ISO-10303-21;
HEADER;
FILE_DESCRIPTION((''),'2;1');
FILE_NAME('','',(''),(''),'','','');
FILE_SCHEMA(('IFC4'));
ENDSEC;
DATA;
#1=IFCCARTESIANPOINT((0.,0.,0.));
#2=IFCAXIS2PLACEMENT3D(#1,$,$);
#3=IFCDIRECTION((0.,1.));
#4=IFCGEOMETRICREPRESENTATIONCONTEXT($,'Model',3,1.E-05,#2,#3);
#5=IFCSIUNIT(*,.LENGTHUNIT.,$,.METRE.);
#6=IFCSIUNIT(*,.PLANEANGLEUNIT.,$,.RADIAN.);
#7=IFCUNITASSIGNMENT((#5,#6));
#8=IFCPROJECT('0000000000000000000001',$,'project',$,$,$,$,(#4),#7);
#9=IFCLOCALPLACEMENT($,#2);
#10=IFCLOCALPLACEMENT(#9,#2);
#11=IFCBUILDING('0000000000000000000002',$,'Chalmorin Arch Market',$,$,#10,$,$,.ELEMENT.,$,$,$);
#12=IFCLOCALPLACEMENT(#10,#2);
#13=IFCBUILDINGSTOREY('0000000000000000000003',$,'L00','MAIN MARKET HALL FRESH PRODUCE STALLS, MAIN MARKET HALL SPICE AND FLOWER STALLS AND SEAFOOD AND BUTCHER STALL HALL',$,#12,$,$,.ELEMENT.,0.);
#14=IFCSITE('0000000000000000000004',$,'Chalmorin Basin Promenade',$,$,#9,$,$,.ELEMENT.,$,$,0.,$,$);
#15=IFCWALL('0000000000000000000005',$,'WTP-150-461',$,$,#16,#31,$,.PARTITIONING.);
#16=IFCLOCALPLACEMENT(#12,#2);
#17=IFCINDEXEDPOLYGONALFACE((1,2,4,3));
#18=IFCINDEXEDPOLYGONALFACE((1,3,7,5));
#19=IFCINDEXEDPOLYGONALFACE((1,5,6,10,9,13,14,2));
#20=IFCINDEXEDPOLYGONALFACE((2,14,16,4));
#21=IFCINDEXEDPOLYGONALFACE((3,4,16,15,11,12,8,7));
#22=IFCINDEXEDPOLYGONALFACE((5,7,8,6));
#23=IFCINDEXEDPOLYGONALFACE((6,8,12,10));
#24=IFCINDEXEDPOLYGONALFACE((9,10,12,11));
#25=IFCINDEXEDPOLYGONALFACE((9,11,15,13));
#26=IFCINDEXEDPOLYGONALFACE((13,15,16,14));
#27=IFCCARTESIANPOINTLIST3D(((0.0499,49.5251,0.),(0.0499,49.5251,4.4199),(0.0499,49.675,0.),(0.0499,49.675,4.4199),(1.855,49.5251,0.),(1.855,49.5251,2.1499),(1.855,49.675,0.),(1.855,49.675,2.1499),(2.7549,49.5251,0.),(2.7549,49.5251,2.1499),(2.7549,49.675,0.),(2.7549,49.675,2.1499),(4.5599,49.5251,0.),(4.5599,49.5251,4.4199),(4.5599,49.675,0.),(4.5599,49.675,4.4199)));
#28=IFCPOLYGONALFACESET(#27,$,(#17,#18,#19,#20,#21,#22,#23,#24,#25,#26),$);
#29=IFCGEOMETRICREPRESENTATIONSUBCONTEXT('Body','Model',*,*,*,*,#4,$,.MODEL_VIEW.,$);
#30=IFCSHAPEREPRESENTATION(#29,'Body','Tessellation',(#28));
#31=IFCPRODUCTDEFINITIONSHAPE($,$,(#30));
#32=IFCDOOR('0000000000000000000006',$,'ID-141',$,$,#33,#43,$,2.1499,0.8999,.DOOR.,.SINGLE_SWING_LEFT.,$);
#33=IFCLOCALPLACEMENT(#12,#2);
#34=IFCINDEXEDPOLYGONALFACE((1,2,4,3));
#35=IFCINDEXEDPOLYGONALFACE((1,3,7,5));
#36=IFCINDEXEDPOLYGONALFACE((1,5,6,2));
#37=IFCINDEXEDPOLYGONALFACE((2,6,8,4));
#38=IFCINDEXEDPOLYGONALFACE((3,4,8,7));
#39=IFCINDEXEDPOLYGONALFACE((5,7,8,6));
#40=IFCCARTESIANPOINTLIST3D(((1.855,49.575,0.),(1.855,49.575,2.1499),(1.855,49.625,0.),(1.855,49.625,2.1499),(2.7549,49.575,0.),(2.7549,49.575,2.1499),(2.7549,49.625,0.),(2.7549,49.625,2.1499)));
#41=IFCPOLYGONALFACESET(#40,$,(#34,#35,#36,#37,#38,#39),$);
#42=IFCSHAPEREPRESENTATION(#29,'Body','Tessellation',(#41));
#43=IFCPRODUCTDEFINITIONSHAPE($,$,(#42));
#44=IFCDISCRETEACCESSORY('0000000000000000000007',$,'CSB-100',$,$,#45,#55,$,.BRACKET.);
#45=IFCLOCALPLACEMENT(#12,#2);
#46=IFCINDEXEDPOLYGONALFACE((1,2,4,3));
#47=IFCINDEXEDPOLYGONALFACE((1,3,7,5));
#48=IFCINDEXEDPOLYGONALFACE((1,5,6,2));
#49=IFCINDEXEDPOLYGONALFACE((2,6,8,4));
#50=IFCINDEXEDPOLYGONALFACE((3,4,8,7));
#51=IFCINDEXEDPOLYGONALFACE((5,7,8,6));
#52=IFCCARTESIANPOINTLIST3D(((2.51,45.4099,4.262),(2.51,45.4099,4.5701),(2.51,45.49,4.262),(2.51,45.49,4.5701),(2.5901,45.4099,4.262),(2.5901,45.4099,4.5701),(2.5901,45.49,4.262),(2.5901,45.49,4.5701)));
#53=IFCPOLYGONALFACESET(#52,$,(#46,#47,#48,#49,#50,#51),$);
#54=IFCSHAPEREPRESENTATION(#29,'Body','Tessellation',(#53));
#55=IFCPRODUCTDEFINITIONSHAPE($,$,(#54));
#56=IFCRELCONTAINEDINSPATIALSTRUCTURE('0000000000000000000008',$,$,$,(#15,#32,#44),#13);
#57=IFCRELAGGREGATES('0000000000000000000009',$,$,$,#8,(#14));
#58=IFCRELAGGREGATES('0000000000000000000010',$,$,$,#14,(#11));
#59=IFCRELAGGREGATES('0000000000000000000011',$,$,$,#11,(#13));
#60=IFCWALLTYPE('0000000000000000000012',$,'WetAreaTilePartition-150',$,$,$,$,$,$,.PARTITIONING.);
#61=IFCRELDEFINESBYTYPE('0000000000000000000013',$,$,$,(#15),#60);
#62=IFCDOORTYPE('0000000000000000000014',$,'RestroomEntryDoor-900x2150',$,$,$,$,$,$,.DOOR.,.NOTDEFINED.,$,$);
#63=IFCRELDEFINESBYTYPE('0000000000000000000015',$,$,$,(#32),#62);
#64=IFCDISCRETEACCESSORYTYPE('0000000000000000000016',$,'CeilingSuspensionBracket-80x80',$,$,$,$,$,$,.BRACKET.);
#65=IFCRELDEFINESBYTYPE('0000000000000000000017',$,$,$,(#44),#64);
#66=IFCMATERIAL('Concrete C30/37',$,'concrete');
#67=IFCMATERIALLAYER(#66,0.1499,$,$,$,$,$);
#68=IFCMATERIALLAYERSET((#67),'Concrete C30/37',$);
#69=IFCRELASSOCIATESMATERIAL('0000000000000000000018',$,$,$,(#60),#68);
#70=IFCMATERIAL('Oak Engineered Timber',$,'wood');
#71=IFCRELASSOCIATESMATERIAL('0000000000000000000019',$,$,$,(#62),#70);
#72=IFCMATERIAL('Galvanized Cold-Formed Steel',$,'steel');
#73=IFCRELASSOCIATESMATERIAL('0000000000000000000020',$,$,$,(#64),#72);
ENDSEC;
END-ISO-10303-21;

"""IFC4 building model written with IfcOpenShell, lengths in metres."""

from ifc_helpers import new_model, si_unit, direction, frame, frame_2d, origin, origin_2d, place, context, subcontext, project, spatial, rectangle, extrude, material, layer, layer_set, type_object, element, fill, save


model = new_model("IFC4")

# Units and contexts
model_context = context("Model", 3, precision=1e-05, world=origin(), true_north=direction((0.0, 1.0)))
body_context = subcontext(model_context, "Body", "Model", "MODEL_VIEW")
ifc_project = project(units=[si_unit("LENGTHUNIT", "METRE"), si_unit("PLANEANGLEUNIT", "RADIAN")], contexts=[model_context])

# Site, building, storey
site_placement = place(None, origin())
site = spatial("IfcSite", under=ifc_project, at=site_placement, Name="Chalmorin Basin Promenade", CompositionType="ELEMENT", RefElevation=0.0)
building_placement = place(site_placement, origin())
building = spatial("IfcBuilding", under=site, at=building_placement, Name="Chalmorin Arch Market", CompositionType="ELEMENT")
storey_placement = place(building_placement, origin())
storey = spatial("IfcBuildingStorey", under=building, at=storey_placement, Name="L00", Description="MAIN MARKET HALL FRESH PRODUCE STALLS, MAIN MARKET HALL SPICE AND FLOWER STALLS AND SEAFOOD AND BUTCHER STALL HALL", CompositionType="ELEMENT", Elevation=0.0)

# Wall, opening, door
ifc_material_1 = material(Name="Concrete C30/37", Category="concrete")
ifc_layer_1 = layer(ifc_material_1, 0.1499)
ifc_layer_set_1 = layer_set([ifc_layer_1], Name="Concrete C30/37")
wall_type = type_object("IfcWallType", Name="WetAreaTilePartition-150", PredefinedType="PARTITIONING", material=ifc_layer_set_1)
wall_placement = place(storey_placement, frame((0.05, 49.6001, 0.0), z_axis=(0.0, 0.0, 1.0), x_axis=(1.0, 0.0, 0.0)))
wall = element("IfcWall", 1, at=wall_placement, inside=storey, type_object=wall_type, Name="WTP-150-461", PredefinedType="PARTITIONING", context=body_context, shape_type="SweptSolid", body=[
    extrude(rectangle(XDim=4.51, YDim=0.1499, at=frame_2d((2.2549, 0.0))), origin(), (0.0, 0.0, 1.0), 4.4199),
])
opening_placement = place(wall_placement, frame((1.8049, 0.0, 0.0)))
opening = element("IfcOpeningElement", 2, at=opening_placement, cuts=wall, PredefinedType="OPENING", context=body_context, shape_type="SweptSolid", body=[
    extrude(rectangle(XDim=0.8999, YDim=2.1499, at=frame_2d((0.45, 1.075))), frame((0.0, 0.085, 0.0), z_axis=(0.0, -1.0, 0.0), x_axis=(1.0, 0.0, 0.0)), (0.0, 0.0, 1.0), 0.1699),
])
ifc_material_2 = material(Name="Oak Engineered Timber", Category="wood")
door_type = type_object("IfcDoorType", Name="RestroomEntryDoor-900x2150", OperationType="NOTDEFINED", PredefinedType="DOOR", material=ifc_material_2)
door_placement = place(opening_placement, origin())
door = element("IfcDoor", 3, at=door_placement, inside=storey, type_object=door_type, Name="ID-141", OperationType="SINGLE_SWING_LEFT", OverallHeight=2.1499, OverallWidth=0.8999, PredefinedType="DOOR", context=body_context, shape_type="SweptSolid", body=[
    extrude(rectangle(XDim=0.8999, YDim=2.1499, at=frame_2d((0.45, 1.075))), frame((0.0, 0.0249, 0.0), z_axis=(0.0, -1.0, 0.0), x_axis=(1.0, 0.0, 0.0)), (0.0, 0.0, 1.0), 0.05),
])
fill(opening, door)

# Discrete accessory
ifc_material_3 = material(Name="Galvanized Cold-Formed Steel", Category="steel")
discrete_accessory_type = type_object("IfcDiscreteAccessoryType", Name="CeilingSuspensionBracket-80x80", PredefinedType="BRACKET", material=ifc_material_3)
discrete_accessory_placement = place(storey_placement, frame((2.55, 45.45, 4.262), z_axis=(0.0, 0.0, 1.0), x_axis=(1.0, 0.0, 0.0)))
element("IfcDiscreteAccessory", 4, at=discrete_accessory_placement, inside=storey, type_object=discrete_accessory_type, Name="CSB-100", PredefinedType="BRACKET", context=body_context, shape_type="SweptSolid", body=[
    extrude(rectangle(XDim=0.0801, YDim=0.0801, at=origin_2d()), origin(), (0.0, 0.0, 1.0), 0.3081),
])

save(model, "model.ifc")
